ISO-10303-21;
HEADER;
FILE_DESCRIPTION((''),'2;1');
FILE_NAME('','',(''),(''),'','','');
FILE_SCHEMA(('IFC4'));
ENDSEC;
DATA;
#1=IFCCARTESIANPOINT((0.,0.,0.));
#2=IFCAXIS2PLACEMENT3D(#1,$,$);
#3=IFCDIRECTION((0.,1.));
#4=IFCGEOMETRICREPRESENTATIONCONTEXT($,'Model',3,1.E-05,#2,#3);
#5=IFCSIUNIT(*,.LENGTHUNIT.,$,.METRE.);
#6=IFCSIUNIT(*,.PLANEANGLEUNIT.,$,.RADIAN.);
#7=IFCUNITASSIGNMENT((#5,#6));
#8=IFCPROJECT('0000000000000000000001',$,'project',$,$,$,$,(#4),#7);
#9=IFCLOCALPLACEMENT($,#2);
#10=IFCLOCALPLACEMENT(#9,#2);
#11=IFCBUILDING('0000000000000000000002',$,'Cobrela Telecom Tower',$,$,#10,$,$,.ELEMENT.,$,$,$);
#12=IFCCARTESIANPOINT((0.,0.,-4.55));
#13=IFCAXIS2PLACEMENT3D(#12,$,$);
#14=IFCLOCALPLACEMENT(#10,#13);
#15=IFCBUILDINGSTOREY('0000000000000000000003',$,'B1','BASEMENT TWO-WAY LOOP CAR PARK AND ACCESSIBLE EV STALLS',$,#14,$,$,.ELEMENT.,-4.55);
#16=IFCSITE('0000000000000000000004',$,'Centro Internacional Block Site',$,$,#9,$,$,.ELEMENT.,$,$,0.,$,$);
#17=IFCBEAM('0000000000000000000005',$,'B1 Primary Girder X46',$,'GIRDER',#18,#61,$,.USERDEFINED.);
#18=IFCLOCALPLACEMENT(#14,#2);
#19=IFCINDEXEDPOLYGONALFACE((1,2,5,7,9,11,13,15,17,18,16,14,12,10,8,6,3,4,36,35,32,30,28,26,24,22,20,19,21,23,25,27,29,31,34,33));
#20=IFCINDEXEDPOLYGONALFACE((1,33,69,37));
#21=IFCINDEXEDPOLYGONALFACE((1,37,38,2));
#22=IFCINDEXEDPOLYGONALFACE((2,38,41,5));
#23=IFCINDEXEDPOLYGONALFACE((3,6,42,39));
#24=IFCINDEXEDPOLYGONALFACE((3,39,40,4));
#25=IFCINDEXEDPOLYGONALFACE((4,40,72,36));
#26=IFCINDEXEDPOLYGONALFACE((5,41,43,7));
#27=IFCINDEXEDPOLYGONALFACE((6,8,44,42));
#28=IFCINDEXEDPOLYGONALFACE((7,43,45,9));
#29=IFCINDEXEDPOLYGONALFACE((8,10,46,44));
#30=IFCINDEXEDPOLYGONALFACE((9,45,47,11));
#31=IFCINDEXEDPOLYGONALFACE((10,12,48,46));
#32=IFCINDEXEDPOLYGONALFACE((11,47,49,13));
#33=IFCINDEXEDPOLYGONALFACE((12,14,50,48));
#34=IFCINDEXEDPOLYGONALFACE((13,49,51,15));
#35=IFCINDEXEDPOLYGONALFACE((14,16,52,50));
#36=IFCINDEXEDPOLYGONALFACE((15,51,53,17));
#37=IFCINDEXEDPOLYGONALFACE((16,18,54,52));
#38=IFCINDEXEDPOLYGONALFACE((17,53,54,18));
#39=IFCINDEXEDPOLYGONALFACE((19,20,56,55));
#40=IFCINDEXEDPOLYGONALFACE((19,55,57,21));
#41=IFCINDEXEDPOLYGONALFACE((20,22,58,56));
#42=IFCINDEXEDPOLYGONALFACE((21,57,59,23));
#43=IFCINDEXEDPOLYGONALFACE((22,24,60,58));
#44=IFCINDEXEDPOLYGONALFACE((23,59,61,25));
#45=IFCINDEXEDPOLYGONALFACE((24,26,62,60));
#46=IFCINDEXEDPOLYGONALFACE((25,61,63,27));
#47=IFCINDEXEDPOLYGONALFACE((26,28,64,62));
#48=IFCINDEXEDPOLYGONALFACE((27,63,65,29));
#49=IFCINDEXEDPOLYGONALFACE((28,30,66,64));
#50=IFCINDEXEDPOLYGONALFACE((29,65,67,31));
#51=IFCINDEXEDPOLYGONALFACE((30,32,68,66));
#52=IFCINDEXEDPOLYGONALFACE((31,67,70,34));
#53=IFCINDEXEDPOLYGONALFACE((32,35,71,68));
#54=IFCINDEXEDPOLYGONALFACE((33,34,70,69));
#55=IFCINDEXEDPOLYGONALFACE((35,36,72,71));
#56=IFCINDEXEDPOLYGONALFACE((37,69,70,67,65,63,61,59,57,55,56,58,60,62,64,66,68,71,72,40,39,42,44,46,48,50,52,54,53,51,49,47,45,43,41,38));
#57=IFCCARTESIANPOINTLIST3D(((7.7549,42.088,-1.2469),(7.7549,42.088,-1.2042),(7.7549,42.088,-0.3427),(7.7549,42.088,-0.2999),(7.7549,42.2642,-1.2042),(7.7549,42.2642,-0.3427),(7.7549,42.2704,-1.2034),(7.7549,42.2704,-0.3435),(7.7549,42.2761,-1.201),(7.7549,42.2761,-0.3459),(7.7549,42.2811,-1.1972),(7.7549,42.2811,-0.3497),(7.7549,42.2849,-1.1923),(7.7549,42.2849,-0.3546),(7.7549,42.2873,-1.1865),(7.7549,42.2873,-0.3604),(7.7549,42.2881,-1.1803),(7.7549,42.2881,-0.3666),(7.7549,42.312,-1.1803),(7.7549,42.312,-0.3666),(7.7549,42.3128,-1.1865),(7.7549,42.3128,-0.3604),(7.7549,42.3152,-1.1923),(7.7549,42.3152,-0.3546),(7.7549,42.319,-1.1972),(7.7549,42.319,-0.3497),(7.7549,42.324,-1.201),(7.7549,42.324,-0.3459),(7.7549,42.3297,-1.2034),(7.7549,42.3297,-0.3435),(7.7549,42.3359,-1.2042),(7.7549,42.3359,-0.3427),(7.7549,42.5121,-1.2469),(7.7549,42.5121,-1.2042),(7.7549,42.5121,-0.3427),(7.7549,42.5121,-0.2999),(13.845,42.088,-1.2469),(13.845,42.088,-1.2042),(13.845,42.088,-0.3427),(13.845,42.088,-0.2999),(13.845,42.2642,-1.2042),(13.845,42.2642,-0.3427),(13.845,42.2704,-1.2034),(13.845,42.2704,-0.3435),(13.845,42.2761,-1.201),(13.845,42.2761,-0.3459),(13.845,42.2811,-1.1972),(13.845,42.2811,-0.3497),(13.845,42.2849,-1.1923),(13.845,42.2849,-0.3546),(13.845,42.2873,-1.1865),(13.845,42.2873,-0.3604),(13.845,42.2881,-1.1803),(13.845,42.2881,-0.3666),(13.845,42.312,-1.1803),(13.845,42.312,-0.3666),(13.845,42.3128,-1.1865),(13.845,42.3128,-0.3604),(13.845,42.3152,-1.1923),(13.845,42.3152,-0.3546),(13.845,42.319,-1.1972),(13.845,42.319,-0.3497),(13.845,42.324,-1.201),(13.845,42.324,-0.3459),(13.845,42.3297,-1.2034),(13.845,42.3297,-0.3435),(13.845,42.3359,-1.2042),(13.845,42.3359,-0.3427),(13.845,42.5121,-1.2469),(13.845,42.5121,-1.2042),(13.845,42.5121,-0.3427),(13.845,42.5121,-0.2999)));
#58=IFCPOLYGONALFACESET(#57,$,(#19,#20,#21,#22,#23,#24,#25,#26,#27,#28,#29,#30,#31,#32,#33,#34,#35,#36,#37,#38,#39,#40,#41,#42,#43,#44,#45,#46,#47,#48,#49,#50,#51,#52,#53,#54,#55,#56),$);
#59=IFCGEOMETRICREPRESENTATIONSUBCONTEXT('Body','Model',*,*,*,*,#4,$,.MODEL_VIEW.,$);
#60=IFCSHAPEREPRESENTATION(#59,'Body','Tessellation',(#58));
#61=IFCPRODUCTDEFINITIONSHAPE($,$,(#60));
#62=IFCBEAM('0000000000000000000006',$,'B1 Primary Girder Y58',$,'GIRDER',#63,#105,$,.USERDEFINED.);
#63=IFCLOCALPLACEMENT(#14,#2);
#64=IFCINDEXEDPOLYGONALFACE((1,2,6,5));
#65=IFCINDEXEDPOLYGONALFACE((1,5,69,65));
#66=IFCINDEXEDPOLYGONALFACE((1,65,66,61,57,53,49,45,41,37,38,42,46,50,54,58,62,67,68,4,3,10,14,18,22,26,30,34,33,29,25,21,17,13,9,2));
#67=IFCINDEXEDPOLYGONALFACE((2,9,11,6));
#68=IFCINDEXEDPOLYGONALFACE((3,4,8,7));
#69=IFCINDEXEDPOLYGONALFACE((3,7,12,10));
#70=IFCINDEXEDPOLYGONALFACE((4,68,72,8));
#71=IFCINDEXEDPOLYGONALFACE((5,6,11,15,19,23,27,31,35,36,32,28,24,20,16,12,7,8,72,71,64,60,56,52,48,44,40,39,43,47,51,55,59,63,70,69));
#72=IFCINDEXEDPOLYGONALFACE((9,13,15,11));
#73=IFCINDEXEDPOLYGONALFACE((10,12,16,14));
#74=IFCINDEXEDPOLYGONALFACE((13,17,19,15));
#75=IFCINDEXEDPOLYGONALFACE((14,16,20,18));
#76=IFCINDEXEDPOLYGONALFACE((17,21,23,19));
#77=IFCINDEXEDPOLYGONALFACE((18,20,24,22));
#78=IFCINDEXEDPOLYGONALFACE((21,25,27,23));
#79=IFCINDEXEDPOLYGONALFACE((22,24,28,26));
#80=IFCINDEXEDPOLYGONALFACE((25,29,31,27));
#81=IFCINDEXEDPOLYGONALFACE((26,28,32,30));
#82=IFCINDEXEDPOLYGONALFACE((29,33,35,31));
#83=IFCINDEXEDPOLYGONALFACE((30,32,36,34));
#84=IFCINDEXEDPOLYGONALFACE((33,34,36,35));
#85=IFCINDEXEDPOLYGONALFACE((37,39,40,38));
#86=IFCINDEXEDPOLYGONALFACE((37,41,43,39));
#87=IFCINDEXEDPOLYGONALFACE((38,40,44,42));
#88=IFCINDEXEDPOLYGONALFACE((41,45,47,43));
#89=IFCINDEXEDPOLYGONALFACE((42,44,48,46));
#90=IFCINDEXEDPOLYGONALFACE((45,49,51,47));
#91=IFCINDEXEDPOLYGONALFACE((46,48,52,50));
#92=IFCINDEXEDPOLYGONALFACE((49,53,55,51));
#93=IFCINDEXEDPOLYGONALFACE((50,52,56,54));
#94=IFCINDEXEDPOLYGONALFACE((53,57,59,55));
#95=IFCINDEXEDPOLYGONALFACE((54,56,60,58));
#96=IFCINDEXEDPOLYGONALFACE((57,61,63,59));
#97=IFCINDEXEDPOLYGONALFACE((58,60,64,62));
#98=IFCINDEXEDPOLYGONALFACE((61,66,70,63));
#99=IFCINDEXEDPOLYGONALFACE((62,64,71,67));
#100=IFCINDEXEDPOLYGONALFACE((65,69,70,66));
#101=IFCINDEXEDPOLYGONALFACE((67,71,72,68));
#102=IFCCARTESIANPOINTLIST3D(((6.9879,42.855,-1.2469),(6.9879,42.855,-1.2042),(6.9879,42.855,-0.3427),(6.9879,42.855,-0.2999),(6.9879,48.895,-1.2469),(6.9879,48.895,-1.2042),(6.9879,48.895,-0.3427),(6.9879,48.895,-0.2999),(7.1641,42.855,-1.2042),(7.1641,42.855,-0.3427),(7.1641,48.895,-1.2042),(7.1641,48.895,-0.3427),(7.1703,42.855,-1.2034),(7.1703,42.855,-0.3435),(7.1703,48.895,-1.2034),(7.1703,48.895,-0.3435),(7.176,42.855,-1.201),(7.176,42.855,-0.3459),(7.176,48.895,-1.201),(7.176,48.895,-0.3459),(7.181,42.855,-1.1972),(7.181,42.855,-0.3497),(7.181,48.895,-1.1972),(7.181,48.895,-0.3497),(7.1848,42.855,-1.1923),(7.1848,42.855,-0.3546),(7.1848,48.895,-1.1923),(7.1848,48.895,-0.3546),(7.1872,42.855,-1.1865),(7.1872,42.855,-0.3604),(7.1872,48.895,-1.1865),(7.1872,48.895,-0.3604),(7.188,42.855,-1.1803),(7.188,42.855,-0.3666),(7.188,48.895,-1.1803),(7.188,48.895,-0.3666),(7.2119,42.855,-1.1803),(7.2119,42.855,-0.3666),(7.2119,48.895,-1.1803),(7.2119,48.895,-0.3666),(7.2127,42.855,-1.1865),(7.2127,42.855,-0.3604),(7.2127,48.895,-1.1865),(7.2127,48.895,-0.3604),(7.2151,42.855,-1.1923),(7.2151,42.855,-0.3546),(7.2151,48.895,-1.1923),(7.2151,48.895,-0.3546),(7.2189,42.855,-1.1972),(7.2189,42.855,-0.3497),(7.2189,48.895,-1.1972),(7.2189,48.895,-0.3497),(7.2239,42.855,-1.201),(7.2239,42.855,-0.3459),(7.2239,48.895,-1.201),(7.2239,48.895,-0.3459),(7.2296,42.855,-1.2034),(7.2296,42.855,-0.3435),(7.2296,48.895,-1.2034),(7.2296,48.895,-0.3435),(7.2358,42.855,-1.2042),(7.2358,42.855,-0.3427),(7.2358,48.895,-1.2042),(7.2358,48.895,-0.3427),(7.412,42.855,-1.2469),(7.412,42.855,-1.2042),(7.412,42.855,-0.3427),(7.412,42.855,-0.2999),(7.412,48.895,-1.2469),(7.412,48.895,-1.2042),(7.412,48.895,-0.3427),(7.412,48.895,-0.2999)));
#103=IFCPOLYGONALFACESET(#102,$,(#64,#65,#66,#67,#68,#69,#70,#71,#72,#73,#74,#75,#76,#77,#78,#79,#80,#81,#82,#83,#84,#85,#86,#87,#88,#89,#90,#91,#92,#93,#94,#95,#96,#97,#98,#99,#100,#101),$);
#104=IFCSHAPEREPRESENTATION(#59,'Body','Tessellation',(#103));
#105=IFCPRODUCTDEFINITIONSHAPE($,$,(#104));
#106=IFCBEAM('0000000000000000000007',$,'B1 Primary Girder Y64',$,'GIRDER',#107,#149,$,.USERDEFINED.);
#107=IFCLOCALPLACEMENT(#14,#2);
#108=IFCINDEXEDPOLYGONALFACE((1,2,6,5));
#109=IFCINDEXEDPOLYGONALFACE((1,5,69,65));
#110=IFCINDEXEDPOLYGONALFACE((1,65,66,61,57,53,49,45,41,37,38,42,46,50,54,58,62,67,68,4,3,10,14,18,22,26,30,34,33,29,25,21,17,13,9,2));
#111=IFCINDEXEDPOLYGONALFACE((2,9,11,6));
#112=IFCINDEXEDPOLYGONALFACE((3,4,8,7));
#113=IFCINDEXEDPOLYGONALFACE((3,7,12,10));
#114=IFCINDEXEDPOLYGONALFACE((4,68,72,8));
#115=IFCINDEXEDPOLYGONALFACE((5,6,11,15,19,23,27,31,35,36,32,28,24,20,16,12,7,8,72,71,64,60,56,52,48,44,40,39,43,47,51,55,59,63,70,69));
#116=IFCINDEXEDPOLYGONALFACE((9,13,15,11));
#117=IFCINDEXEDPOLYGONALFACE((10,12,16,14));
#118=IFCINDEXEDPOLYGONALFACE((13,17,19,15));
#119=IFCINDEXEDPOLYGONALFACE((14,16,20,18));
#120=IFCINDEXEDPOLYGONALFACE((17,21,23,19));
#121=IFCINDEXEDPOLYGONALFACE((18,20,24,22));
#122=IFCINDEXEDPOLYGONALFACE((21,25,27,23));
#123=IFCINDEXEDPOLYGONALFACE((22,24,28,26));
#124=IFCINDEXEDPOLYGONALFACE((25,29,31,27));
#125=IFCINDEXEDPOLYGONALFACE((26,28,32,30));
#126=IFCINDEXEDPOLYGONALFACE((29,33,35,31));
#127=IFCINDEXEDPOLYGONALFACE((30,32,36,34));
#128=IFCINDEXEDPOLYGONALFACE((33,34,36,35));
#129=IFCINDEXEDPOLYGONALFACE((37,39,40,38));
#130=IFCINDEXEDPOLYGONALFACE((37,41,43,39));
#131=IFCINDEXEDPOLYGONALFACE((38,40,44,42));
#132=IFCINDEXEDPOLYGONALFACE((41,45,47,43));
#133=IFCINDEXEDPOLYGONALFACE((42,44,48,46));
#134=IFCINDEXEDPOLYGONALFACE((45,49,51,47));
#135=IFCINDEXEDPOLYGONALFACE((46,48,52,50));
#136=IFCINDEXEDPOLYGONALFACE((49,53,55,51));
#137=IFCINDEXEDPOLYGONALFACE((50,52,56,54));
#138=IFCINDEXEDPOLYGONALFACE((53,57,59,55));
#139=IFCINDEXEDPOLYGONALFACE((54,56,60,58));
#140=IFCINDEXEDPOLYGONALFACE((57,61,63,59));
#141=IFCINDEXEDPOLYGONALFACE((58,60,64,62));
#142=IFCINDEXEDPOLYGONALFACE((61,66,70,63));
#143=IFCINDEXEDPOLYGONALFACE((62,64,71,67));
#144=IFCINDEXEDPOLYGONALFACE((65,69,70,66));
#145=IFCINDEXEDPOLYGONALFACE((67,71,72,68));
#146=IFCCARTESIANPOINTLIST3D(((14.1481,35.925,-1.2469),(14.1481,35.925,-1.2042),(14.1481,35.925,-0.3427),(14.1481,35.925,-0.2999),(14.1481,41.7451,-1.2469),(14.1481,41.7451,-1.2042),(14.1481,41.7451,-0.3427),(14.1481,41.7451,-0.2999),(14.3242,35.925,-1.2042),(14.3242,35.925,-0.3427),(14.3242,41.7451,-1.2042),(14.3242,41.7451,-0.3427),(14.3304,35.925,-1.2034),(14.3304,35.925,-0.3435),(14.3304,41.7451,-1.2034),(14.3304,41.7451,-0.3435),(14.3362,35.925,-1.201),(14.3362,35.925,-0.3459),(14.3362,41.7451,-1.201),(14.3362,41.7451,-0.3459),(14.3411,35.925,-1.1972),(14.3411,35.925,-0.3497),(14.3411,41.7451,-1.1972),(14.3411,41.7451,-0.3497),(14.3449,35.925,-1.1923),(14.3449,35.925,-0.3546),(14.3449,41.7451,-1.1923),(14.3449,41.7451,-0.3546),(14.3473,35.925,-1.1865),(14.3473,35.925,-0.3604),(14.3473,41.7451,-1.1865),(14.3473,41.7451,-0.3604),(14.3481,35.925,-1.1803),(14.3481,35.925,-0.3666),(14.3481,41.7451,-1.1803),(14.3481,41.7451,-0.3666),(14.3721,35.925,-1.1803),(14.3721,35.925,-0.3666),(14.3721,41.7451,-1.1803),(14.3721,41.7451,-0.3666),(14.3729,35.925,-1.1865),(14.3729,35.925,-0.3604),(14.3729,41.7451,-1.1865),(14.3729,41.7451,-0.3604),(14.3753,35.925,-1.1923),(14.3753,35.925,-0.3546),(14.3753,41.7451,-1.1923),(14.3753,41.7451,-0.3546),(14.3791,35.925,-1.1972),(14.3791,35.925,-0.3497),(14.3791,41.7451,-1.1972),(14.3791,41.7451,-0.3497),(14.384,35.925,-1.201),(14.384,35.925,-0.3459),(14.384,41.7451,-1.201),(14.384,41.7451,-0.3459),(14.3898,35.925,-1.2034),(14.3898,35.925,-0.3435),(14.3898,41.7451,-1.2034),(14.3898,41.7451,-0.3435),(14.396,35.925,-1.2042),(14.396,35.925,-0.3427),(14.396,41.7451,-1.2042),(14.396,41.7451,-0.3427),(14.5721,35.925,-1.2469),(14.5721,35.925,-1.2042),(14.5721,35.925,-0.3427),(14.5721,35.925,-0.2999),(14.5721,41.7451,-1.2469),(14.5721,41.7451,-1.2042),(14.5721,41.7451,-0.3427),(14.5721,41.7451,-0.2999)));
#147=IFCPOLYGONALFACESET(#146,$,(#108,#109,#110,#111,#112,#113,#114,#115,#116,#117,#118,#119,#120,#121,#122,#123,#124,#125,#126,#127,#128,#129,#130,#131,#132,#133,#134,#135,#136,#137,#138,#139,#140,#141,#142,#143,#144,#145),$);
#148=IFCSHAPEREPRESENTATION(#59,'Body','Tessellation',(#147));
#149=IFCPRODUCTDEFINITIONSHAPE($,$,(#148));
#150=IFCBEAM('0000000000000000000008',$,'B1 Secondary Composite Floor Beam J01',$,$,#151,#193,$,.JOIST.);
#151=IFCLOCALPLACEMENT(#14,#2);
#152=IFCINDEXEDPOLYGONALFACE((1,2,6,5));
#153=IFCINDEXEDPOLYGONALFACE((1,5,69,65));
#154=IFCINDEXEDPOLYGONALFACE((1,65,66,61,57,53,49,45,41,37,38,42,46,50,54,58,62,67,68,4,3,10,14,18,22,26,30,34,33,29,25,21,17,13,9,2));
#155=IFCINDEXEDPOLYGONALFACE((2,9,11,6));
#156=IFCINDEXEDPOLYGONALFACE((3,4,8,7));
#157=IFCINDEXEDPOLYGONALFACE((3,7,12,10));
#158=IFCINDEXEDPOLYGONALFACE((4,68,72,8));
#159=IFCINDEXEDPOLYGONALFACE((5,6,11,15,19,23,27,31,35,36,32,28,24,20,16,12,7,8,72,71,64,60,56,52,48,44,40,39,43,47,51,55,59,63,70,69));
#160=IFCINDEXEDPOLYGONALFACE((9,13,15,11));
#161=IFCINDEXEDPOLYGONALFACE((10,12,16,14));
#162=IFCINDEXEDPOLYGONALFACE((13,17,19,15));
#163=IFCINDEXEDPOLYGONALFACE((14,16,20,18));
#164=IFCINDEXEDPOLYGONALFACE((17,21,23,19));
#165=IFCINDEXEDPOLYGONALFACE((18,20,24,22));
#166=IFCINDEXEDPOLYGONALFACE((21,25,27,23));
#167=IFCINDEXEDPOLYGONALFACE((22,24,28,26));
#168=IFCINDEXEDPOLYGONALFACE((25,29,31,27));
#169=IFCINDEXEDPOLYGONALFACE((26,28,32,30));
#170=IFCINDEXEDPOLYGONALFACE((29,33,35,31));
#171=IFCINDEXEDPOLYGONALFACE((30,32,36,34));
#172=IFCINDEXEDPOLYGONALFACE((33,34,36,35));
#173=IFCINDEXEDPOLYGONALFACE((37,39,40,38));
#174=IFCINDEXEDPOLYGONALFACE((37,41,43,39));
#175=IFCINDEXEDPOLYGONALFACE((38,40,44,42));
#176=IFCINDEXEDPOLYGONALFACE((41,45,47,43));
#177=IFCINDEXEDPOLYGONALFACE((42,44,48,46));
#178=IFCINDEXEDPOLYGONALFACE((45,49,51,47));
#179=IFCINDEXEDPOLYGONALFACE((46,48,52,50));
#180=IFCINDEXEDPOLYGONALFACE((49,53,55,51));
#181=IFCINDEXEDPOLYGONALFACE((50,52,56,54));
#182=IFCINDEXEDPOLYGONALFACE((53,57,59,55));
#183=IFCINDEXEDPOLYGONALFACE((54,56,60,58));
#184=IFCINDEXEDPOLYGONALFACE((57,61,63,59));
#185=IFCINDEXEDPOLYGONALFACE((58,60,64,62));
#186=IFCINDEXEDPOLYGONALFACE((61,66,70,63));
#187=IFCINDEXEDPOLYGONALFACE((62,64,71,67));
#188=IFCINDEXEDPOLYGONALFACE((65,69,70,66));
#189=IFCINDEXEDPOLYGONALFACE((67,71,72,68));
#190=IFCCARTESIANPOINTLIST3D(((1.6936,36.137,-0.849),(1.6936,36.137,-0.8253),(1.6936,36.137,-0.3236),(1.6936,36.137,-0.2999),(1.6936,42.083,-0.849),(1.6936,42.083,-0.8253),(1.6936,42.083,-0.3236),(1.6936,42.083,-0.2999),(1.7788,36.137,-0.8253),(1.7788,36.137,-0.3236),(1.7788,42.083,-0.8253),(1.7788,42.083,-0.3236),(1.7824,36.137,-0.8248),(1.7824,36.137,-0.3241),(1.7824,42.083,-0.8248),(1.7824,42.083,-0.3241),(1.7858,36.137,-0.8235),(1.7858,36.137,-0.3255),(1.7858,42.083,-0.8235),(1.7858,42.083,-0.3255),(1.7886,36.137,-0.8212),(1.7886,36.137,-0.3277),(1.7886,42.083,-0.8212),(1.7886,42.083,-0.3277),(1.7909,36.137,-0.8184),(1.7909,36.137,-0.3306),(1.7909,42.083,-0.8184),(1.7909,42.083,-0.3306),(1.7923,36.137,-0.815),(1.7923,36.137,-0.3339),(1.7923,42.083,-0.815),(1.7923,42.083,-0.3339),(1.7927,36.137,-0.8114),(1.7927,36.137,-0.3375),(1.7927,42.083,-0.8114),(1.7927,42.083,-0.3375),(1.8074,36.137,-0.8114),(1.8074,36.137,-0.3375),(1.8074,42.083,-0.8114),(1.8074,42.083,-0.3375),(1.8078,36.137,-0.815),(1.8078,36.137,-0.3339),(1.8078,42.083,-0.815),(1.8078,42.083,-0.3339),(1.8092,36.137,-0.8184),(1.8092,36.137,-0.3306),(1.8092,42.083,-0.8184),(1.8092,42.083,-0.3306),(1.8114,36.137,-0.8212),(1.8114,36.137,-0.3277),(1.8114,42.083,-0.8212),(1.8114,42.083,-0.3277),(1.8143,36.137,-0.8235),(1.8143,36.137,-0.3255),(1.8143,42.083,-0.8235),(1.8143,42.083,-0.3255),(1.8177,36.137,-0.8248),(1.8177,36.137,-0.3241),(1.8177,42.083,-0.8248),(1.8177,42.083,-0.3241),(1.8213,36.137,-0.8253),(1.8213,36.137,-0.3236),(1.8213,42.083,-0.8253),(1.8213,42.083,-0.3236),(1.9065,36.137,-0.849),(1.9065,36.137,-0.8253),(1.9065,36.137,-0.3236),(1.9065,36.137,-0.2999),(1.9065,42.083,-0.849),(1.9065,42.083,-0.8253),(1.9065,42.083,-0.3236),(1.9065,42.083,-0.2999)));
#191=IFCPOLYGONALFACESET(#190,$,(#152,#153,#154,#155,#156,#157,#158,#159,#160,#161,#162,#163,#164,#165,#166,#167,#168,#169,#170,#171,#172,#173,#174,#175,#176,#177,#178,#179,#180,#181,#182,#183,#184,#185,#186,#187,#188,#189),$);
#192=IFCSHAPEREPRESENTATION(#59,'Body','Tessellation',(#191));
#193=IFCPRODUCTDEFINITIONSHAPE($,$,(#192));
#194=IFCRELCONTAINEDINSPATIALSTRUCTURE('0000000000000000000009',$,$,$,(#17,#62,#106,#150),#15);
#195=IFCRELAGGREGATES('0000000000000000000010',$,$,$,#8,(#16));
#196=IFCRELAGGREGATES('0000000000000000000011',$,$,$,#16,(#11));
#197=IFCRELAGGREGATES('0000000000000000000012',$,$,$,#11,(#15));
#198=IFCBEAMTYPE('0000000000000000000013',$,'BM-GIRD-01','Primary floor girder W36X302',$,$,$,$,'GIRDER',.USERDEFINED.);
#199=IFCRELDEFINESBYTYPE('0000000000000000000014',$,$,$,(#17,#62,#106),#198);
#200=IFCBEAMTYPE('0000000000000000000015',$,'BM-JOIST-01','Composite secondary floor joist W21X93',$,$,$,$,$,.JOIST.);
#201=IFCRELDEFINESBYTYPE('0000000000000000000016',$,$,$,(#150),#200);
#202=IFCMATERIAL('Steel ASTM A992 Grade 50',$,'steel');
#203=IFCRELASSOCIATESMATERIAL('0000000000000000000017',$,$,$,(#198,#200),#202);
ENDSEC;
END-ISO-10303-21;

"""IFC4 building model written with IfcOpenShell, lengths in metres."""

from ifc_helpers import new_model, si_unit, direction, frame, origin, origin_2d, place, context, subcontext, project, spatial, i_section, extrude, material, material_profile, profile_set, type_object, element, save


model = new_model("IFC4")

# Units and contexts
model_context = context("Model", 3, precision=1e-05, world=origin(), true_north=direction((0.0, 1.0)))
body_context = subcontext(model_context, "Body", "Model", "MODEL_VIEW")
ifc_project = project(units=[si_unit("LENGTHUNIT", "METRE"), si_unit("PLANEANGLEUNIT", "RADIAN")], contexts=[model_context])

# Site, building, storey
site_placement = place(None, origin())
site = spatial("IfcSite", under=ifc_project, at=site_placement, Name="Centro Internacional Block Site", CompositionType="ELEMENT", RefElevation=0.0)
building_placement = place(site_placement, origin())
building = spatial("IfcBuilding", under=site, at=building_placement, Name="Cobrela Telecom Tower", CompositionType="ELEMENT")
storey_placement = place(building_placement, frame((0.0, 0.0, -4.55)))
storey = spatial("IfcBuildingStorey", under=building, at=storey_placement, Name="B1", Description="BASEMENT TWO-WAY LOOP CAR PARK AND ACCESSIBLE EV STALLS", CompositionType="ELEMENT", Elevation=-4.55)

# Beams
ifc_material_1 = material(Name="Steel ASTM A992 Grade 50", Category="steel")
ifc_material_profile_1 = material_profile(ifc_material_1, i_section(OverallWidth=0.4241, OverallDepth=0.947, WebThickness=0.0239, FlangeThickness=0.0427, FilletRadius=0.0239, at=origin_2d()), Name="W36X302")
ifc_profile_set_1 = profile_set([ifc_material_profile_1], Name="Steel ASTM A992 Grade 50")
beam_type_1 = type_object("IfcBeamType", Name="BM-GIRD-01", Description="Primary floor girder W36X302", ElementType="GIRDER", PredefinedType="USERDEFINED", material=ifc_profile_set_1)
beam_1_placement = place(storey_placement, frame((7.7549, 42.3, -0.7734), z_axis=(1.0, 0.0, 0.0), x_axis=(0.0, 1.0, 0.0)))
element("IfcBeam", 1, at=beam_1_placement, inside=storey, type_object=beam_type_1, Name="B1 Primary Girder X46", ObjectType="GIRDER", PredefinedType="USERDEFINED", context=body_context, shape_type="SweptSolid", body=[
    extrude(i_section(OverallWidth=0.4241, OverallDepth=0.947, WebThickness=0.0239, FlangeThickness=0.0427, FilletRadius=0.0239, at=origin_2d()), origin(), (0.0, 0.0, 1.0), 6.0901),
])
beam_2_placement = place(storey_placement, frame((7.2, 42.855, -0.7734), z_axis=(0.0, 1.0, 0.0), x_axis=(-1.0, 0.0, 0.0)))
element("IfcBeam", 2, at=beam_2_placement, inside=storey, type_object=beam_type_1, Name="B1 Primary Girder Y58", ObjectType="GIRDER", PredefinedType="USERDEFINED", context=body_context, shape_type="SweptSolid", body=[
    extrude(i_section(OverallWidth=0.4241, OverallDepth=0.947, WebThickness=0.0239, FlangeThickness=0.0427, FilletRadius=0.0239, at=origin_2d()), origin(), (0.0, 0.0, 1.0), 6.04),
])
beam_3_placement = place(storey_placement, frame((14.3601, 35.925, -0.7734), z_axis=(0.0, 1.0, 0.0), x_axis=(-1.0, 0.0, 0.0)))
element("IfcBeam", 3, at=beam_3_placement, inside=storey, type_object=beam_type_1, Name="B1 Primary Girder Y64", ObjectType="GIRDER", PredefinedType="USERDEFINED", context=body_context, shape_type="SweptSolid", body=[
    extrude(i_section(OverallWidth=0.4241, OverallDepth=0.947, WebThickness=0.0239, FlangeThickness=0.0427, FilletRadius=0.0239, at=origin_2d()), origin(), (0.0, 0.0, 1.0), 5.8201),
])
ifc_material_profile_2 = material_profile(ifc_material_1, i_section(OverallWidth=0.2129, OverallDepth=0.5491, WebThickness=0.0146, FlangeThickness=0.0237, FilletRadius=0.0139, at=origin_2d()), Name="W21X93")
ifc_profile_set_2 = profile_set([ifc_material_profile_2], Name="Steel ASTM A992 Grade 50")
beam_type_2 = type_object("IfcBeamType", Name="BM-JOIST-01", Description="Composite secondary floor joist W21X93", PredefinedType="JOIST", material=ifc_profile_set_2)
for number, where, z_axis, x_axis, name in (
    (4, (1.8, 36.137, -0.5745), (0.0, 1.0, 0.0), (-1.0, 0.0, 0.0), "B1 Secondary Composite Floor Beam J01"),
):
    element("IfcBeam", number, at=place(storey_placement, frame(where, z_axis=z_axis, x_axis=x_axis)), inside=storey, type_object=beam_type_2, Name=name, PredefinedType="JOIST", context=body_context, shape_type="SweptSolid", body=[
        extrude(i_section(OverallWidth=0.2129, OverallDepth=0.5491, WebThickness=0.0146, FlangeThickness=0.0237, FilletRadius=0.0139, at=origin_2d()), origin(), (0.0, 0.0, 1.0), 5.946),
    ])

save(model, "model.ifc")
